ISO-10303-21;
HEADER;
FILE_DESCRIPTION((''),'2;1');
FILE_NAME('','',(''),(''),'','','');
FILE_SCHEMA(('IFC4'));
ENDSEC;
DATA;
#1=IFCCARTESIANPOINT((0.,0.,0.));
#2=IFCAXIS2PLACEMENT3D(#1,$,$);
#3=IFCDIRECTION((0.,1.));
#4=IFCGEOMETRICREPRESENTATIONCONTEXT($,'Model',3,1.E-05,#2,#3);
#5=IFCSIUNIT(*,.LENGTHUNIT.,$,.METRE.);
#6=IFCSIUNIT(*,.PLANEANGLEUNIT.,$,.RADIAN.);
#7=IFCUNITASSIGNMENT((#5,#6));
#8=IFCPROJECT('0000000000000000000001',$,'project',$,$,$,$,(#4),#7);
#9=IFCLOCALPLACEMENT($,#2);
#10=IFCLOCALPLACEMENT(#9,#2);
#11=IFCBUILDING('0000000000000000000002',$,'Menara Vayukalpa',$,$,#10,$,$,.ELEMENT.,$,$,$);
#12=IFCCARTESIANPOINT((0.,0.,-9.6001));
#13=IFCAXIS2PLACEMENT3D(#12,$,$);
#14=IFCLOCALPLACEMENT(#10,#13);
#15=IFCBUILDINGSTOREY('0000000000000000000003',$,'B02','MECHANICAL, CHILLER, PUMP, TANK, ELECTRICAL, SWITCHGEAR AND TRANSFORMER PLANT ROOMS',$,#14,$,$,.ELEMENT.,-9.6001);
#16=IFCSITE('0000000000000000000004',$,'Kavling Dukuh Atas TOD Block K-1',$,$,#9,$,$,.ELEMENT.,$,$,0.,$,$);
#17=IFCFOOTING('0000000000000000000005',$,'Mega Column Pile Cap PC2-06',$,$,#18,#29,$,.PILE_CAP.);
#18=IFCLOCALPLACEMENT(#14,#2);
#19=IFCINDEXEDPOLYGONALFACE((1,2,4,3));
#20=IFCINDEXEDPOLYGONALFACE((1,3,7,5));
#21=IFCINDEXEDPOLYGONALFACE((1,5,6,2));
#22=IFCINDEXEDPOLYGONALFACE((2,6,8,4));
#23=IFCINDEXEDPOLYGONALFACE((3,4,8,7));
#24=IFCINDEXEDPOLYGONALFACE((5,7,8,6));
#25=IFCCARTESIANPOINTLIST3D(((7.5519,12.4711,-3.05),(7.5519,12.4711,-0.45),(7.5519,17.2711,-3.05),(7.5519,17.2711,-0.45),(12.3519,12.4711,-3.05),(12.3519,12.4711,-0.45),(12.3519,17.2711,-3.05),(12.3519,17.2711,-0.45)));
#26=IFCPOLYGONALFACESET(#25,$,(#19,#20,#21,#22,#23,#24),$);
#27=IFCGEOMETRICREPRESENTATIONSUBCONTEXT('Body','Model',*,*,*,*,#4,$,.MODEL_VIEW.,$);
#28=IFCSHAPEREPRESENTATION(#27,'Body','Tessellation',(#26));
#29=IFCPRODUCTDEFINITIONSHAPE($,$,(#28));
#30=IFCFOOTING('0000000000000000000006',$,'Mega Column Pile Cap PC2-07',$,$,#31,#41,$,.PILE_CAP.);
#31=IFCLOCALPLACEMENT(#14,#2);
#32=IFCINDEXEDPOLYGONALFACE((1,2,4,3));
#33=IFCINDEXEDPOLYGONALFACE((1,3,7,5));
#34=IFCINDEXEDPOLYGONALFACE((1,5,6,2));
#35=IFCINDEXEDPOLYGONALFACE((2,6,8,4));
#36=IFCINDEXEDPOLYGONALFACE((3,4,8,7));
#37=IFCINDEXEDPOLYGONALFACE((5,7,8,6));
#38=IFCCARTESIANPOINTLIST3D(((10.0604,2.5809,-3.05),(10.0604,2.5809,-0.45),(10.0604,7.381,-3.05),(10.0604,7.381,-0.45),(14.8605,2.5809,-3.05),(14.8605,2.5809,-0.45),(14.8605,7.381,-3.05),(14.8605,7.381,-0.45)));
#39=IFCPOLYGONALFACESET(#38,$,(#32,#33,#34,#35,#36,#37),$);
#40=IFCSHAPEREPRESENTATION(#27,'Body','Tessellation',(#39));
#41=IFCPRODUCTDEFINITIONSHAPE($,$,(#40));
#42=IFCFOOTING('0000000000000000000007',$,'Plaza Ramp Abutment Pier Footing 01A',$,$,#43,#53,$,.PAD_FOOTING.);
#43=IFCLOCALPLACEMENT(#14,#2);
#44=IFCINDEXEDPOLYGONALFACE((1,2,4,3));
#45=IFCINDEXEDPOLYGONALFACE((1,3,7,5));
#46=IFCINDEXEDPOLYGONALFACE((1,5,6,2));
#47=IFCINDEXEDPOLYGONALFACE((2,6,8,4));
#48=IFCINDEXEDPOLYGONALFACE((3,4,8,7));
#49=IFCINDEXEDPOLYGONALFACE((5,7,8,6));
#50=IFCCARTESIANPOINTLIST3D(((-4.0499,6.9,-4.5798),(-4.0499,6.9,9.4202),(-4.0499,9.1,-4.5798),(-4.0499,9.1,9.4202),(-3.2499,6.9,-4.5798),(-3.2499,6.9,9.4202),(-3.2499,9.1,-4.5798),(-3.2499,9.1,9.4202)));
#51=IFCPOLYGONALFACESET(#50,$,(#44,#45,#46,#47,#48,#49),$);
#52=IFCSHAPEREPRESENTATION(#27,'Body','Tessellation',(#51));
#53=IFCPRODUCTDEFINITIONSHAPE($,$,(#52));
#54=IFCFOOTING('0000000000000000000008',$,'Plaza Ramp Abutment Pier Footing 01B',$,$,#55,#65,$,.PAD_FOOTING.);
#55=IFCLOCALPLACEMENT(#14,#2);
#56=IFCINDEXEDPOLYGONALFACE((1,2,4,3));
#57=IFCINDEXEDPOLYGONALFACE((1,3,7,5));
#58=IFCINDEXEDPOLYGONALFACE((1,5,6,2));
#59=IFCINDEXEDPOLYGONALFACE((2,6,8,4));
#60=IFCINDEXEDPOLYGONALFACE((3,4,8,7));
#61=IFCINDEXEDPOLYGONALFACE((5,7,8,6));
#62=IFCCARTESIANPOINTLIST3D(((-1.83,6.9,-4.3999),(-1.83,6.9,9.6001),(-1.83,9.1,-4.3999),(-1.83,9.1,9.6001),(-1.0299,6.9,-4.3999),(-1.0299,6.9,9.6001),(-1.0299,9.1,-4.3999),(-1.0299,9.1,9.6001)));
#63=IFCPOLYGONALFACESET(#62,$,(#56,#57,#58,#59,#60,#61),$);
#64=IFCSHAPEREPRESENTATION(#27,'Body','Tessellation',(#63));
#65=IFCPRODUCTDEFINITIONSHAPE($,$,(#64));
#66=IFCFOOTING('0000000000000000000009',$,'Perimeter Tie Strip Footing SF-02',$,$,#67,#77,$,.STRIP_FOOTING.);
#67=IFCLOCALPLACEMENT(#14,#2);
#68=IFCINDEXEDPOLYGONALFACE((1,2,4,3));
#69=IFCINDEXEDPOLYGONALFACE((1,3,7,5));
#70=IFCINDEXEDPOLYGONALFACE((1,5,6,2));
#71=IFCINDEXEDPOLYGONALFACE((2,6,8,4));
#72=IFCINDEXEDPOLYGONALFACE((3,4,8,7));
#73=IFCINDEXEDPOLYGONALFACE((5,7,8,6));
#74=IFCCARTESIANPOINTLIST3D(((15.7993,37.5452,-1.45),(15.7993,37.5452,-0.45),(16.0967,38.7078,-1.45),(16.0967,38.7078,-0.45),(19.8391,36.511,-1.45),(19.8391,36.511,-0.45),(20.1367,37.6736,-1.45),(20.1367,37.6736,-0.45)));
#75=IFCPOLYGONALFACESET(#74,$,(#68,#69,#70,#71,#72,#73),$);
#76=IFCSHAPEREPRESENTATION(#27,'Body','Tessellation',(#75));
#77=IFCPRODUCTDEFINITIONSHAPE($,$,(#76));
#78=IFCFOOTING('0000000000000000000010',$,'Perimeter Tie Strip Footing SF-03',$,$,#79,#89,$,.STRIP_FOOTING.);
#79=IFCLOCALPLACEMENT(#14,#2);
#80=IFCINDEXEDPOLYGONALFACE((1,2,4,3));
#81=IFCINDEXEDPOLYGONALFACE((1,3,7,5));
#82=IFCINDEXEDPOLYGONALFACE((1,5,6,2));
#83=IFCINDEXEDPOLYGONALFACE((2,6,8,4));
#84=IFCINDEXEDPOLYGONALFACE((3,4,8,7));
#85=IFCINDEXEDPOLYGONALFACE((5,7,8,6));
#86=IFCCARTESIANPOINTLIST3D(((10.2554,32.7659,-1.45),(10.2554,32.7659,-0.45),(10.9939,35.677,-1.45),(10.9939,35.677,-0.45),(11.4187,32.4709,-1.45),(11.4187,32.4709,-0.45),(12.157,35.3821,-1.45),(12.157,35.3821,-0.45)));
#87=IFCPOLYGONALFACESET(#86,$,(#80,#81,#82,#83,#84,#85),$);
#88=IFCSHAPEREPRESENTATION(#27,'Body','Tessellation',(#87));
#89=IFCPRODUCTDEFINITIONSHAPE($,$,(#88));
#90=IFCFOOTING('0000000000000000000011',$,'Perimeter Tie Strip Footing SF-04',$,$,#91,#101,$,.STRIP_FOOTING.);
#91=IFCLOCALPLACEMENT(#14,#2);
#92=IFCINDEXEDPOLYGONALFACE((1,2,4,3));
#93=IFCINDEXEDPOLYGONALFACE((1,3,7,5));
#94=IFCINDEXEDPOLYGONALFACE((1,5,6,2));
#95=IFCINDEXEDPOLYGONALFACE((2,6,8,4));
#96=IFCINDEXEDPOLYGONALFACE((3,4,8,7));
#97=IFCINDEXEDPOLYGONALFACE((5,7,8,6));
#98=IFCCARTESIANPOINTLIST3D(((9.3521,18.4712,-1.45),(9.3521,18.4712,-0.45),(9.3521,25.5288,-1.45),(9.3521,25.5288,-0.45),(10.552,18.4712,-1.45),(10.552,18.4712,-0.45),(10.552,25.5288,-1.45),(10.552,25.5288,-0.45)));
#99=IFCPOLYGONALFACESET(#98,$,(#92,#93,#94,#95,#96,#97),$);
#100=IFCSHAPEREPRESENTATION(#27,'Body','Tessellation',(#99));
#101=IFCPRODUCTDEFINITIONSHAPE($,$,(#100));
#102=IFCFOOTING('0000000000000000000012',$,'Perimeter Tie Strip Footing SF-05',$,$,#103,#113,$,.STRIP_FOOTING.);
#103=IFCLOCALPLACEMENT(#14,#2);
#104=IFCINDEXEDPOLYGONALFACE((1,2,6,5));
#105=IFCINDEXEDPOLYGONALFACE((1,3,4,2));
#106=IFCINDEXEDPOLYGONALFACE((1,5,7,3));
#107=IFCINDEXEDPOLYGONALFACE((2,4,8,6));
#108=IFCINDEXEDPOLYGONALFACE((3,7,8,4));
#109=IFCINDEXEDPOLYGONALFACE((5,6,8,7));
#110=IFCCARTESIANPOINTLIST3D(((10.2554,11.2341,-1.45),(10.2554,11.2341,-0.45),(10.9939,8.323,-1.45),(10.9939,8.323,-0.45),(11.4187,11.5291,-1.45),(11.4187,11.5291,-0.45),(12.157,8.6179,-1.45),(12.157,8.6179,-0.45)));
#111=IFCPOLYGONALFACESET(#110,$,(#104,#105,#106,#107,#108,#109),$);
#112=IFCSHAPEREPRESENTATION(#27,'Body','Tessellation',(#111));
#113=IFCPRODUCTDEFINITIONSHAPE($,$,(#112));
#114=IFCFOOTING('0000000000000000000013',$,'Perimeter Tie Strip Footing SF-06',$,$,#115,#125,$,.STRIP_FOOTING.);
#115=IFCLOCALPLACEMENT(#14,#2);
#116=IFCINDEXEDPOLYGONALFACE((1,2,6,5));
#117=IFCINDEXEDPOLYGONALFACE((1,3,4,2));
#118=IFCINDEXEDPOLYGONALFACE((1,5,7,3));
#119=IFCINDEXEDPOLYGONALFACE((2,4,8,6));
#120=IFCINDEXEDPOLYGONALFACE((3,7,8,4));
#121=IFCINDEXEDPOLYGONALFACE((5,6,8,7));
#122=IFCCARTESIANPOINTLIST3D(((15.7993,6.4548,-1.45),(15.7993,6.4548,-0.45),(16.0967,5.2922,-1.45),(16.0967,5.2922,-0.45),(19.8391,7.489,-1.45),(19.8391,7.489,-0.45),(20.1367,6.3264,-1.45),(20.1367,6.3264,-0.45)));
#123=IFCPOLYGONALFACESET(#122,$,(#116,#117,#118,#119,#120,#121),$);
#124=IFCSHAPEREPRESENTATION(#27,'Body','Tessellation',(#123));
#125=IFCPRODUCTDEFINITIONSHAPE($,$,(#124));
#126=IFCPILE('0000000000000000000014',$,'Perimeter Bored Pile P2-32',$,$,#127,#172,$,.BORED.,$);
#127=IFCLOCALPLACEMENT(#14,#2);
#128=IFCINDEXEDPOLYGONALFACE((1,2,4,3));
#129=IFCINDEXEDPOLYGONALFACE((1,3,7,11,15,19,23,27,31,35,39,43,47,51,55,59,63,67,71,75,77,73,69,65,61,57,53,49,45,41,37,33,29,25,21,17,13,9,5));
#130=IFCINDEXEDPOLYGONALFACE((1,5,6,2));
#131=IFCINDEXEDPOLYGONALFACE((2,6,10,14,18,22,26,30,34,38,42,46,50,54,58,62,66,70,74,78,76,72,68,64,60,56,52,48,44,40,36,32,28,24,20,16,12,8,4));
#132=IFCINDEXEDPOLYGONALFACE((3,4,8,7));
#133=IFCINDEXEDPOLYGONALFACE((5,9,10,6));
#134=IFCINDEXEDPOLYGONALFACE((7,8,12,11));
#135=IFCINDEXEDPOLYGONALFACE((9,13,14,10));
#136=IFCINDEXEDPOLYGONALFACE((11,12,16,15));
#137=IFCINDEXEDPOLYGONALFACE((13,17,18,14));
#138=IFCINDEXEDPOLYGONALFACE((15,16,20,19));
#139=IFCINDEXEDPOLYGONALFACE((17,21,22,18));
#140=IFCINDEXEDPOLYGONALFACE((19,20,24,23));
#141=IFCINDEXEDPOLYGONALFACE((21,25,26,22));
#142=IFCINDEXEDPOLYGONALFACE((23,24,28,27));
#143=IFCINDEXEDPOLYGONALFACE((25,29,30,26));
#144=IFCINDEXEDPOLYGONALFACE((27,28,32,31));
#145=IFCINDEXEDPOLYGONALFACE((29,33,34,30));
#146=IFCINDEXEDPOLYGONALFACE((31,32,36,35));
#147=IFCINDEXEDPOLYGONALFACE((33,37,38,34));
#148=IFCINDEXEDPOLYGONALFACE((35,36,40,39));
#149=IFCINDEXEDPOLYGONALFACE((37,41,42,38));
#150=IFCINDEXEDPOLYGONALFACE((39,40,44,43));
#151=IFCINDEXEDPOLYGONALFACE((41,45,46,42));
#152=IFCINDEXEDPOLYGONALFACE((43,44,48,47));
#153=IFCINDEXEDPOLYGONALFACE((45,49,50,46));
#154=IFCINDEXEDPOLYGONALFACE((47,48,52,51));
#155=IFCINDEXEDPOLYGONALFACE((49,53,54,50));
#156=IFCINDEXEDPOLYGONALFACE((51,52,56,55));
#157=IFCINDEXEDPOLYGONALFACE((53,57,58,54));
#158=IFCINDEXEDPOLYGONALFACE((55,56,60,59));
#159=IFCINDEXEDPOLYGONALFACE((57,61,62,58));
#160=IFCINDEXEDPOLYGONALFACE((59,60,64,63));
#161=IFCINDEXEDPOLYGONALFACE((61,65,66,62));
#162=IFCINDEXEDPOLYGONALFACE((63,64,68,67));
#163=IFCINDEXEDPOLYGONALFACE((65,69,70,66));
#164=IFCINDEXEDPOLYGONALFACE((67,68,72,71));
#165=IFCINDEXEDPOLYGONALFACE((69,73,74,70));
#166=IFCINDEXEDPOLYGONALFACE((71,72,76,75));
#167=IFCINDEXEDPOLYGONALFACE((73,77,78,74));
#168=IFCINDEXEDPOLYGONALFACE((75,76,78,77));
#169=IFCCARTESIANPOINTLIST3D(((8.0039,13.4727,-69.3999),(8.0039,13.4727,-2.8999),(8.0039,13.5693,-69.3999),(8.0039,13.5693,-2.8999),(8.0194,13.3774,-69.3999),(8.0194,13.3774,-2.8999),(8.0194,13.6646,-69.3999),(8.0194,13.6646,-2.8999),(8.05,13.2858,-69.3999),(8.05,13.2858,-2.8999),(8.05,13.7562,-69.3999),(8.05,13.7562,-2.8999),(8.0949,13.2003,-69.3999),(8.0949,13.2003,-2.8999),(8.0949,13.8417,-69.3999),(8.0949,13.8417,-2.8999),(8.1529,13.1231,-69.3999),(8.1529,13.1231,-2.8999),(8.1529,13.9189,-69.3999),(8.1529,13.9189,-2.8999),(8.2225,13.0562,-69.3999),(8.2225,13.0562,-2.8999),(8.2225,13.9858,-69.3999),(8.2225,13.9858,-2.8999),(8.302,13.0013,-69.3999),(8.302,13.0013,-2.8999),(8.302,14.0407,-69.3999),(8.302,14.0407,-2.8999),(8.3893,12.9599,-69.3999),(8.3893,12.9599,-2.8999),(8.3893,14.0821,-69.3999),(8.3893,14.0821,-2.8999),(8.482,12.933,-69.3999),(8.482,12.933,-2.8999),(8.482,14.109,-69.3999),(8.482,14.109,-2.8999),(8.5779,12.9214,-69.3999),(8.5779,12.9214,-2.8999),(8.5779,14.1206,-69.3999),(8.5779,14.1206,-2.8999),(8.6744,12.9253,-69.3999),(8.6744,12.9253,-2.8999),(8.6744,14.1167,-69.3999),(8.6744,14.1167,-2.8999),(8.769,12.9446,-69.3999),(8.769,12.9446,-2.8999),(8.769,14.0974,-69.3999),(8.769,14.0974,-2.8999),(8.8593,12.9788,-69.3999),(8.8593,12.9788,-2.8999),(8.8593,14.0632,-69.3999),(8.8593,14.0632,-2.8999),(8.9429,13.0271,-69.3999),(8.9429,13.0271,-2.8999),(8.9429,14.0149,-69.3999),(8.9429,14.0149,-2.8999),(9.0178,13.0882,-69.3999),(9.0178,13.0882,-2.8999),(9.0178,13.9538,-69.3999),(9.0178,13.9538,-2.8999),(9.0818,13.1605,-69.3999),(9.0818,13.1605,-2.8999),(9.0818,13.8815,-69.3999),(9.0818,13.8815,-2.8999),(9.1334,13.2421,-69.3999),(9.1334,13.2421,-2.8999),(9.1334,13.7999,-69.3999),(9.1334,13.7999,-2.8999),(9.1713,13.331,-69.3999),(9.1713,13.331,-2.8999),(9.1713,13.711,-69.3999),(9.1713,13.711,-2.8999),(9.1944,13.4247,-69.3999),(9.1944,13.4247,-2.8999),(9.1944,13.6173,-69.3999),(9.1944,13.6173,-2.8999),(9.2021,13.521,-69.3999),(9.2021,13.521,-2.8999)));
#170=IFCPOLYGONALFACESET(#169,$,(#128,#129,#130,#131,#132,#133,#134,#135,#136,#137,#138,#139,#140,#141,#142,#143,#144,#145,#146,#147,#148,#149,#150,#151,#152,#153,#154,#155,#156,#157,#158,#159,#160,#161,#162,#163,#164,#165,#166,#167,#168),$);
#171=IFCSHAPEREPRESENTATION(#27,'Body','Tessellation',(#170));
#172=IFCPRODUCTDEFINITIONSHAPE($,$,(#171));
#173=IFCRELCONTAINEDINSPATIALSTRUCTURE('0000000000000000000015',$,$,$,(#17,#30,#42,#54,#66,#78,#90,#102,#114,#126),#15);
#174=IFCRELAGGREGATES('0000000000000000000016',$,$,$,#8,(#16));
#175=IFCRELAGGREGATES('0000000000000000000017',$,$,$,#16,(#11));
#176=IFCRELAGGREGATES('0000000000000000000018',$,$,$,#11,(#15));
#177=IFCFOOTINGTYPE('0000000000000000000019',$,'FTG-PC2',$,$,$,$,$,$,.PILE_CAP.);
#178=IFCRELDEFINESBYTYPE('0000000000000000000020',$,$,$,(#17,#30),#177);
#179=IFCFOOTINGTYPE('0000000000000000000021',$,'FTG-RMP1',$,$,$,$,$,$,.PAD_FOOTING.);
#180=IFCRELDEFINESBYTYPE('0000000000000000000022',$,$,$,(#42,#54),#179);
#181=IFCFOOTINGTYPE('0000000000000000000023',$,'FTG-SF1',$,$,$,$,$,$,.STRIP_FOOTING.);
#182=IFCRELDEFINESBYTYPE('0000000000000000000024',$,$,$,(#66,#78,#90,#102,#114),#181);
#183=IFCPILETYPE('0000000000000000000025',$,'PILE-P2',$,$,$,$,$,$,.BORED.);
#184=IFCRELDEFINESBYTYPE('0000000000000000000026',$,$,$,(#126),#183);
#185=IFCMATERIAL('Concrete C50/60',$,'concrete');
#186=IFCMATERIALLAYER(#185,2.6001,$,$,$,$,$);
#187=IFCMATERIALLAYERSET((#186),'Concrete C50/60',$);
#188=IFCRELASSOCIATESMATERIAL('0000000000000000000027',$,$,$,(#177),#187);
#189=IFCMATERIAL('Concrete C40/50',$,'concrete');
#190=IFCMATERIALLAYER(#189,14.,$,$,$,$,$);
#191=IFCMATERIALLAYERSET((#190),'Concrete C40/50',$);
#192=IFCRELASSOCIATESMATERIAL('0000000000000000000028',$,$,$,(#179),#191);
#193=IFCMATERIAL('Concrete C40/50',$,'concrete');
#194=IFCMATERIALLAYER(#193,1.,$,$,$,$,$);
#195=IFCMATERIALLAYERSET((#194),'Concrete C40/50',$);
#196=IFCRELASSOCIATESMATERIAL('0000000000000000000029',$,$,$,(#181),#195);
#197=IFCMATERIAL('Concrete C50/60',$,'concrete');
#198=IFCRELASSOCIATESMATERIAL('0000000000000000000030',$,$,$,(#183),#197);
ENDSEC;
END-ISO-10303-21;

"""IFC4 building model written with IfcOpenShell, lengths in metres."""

from ifc_helpers import new_model, si_unit, direction, frame, origin, origin_2d, place, context, subcontext, project, spatial, polyline, rectangle, circle, outline, extrude, material, layer, layer_set, material_profile, profile_set, type_object, element, save


model = new_model("IFC4")

# Units and contexts
model_context = context("Model", 3, precision=1e-05, world=origin(), true_north=direction((0.0, 1.0)))
body_context = subcontext(model_context, "Body", "Model", "MODEL_VIEW")
ifc_project = project(units=[si_unit("LENGTHUNIT", "METRE"), si_unit("PLANEANGLEUNIT", "RADIAN")], contexts=[model_context])

# Site, building, storey
site_placement = place(None, origin())
site = spatial("IfcSite", under=ifc_project, at=site_placement, Name="Kavling Dukuh Atas TOD Block K-1", CompositionType="ELEMENT", RefElevation=0.0)
building_placement = place(site_placement, origin())
building = spatial("IfcBuilding", under=site, at=building_placement, Name="Menara Vayukalpa", CompositionType="ELEMENT")
storey_placement = place(building_placement, frame((0.0, 0.0, -9.6001)))
storey = spatial("IfcBuildingStorey", under=building, at=storey_placement, Name="B02", Description="MECHANICAL, CHILLER, PUMP, TANK, ELECTRICAL, SWITCHGEAR AND TRANSFORMER PLANT ROOMS", CompositionType="ELEMENT", Elevation=-9.6001)

# Footings
ifc_material_1 = material(Name="Concrete C50/60", Category="concrete")
ifc_layer_1 = layer(ifc_material_1, 2.6001)
ifc_layer_set_1 = layer_set([ifc_layer_1], Name="Concrete C50/60")
footing_type_1 = type_object("IfcFootingType", Name="FTG-PC2", PredefinedType="PILE_CAP", material=ifc_layer_set_1)
for number, where, z_axis, x_axis, name in (
    (1, (9.9519, 14.8711, -3.05), (0.0, 0.0, 1.0), (1.0, 0.0, 0.0), "Mega Column Pile Cap PC2-06"),
    (2, (12.4604, 4.981, -3.05), (0.0, 0.0, 1.0), (1.0, 0.0, 0.0), "Mega Column Pile Cap PC2-07"),
):
    element("IfcFooting", number, at=place(storey_placement, frame(where, z_axis=z_axis, x_axis=x_axis)), inside=storey, type_object=footing_type_1, Name=name, PredefinedType="PILE_CAP", context=body_context, shape_type="SweptSolid", body=[
        extrude(rectangle(XDim=4.8, YDim=4.8, at=origin_2d()), origin(), (0.0, 0.0, 1.0), 2.6001),
    ])
ifc_material_2 = material(Name="Concrete C40/50", Category="concrete")
ifc_layer_2 = layer(ifc_material_2, 14.0)
ifc_layer_set_2 = layer_set([ifc_layer_2], Name="Concrete C40/50")
footing_type_2 = type_object("IfcFootingType", Name="FTG-RMP1", PredefinedType="PAD_FOOTING", material=ifc_layer_set_2)
for number, where, z_axis, x_axis, name in (
    (3, (-3.6499, 8.0, -4.5798), (0.0, 0.0, 1.0), (1.0, 0.0, 0.0), "Plaza Ramp Abutment Pier Footing 01A"),
    (4, (-1.4299, 8.0, -4.3999), (0.0, 0.0, 1.0), (1.0, 0.0, 0.0), "Plaza Ramp Abutment Pier Footing 01B"),
):
    element("IfcFooting", number, at=place(storey_placement, frame(where, z_axis=z_axis, x_axis=x_axis)), inside=storey, type_object=footing_type_2, Name=name, PredefinedType="PAD_FOOTING", context=body_context, shape_type="SweptSolid", body=[
        extrude(rectangle(XDim=0.8, YDim=2.2, at=origin_2d()), origin(), (0.0, 0.0, 1.0), 14.0),
    ])
ifc_material_3 = material(Name="Concrete C40/50", Category="concrete")
ifc_layer_3 = layer(ifc_material_3, 1.0)
ifc_layer_set_3 = layer_set([ifc_layer_3], Name="Concrete C40/50")
footing_type_3 = type_object("IfcFootingType", Name="FTG-SF1", PredefinedType="STRIP_FOOTING", material=ifc_layer_set_3)
footing_1_placement = place(storey_placement, frame((0.0, 0.0, -1.45)))
element("IfcFooting", 5, at=footing_1_placement, inside=storey, type_object=footing_type_3, Name="Perimeter Tie Strip Footing SF-02", PredefinedType="STRIP_FOOTING", context=body_context, shape_type="SweptSolid", body=[
    extrude(outline(polyline([(19.8391, 36.511), (15.7993, 37.5452), (16.0967, 38.7078), (20.1367, 37.6736), (19.8391, 36.511)])), origin(), (0.0, 0.0, 1.0), 1.0),
])
footing_2_placement = place(storey_placement, frame((0.0, 0.0, -1.45)))
element("IfcFooting", 6, at=footing_2_placement, inside=storey, type_object=footing_type_3, Name="Perimeter Tie Strip Footing SF-03", PredefinedType="STRIP_FOOTING", context=body_context, shape_type="SweptSolid", body=[
    extrude(outline(polyline([(12.157, 35.3821), (11.4187, 32.4709), (10.2554, 32.7659), (10.9939, 35.677), (12.157, 35.3821)])), origin(), (0.0, 0.0, 1.0), 1.0),
])
footing_3_placement = place(storey_placement, frame((0.0, 0.0, -1.45)))
element("IfcFooting", 7, at=footing_3_placement, inside=storey, type_object=footing_type_3, Name="Perimeter Tie Strip Footing SF-04", PredefinedType="STRIP_FOOTING", context=body_context, shape_type="SweptSolid", body=[
    extrude(outline(polyline([(10.552, 25.5288), (10.552, 18.4712), (9.3521, 18.4712), (9.3521, 25.5288), (10.552, 25.5288)])), origin(), (0.0, 0.0, 1.0), 1.0),
])
footing_4_placement = place(storey_placement, frame((0.0, 0.0, -1.45)))
element("IfcFooting", 8, at=footing_4_placement, inside=storey, type_object=footing_type_3, Name="Perimeter Tie Strip Footing SF-05", PredefinedType="STRIP_FOOTING", context=body_context, shape_type="SweptSolid", body=[
    extrude(outline(polyline([(11.4187, 11.5291), (12.157, 8.6179), (10.9939, 8.323), (10.2554, 11.2341), (11.4187, 11.5291)])), origin(), (0.0, 0.0, 1.0), 1.0),
])
footing_5_placement = place(storey_placement, frame((0.0, 0.0, -1.45)))
element("IfcFooting", 9, at=footing_5_placement, inside=storey, type_object=footing_type_3, Name="Perimeter Tie Strip Footing SF-06", PredefinedType="STRIP_FOOTING", context=body_context, shape_type="SweptSolid", body=[
    extrude(outline(polyline([(15.7993, 6.4548), (19.8391, 7.489), (20.1367, 6.3264), (16.0967, 5.2922), (15.7993, 6.4548)])), origin(), (0.0, 0.0, 1.0), 1.0),
])

# Pile
ifc_material_4 = material(Name="Concrete C50/60", Category="concrete")
ifc_material_profile_1 = material_profile(ifc_material_4, circle(Radius=0.6001, at=origin_2d()), Name="PILE D1200")
ifc_profile_set_1 = profile_set([ifc_material_profile_1], Name="Concrete C50/60")
pile_type = type_object("IfcPileType", Name="PILE-P2", PredefinedType="BORED", material=ifc_profile_set_1)
for number, where, z_axis, x_axis, name in (
    (10, (8.6021, 13.521, -2.8999), (0.0, 0.0, -1.0), (1.0, 0.0, 0.0), "Perimeter Bored Pile P2-32"),
):
    element("IfcPile", number, at=place(storey_placement, frame(where, z_axis=z_axis, x_axis=x_axis)), inside=storey, type_object=pile_type, Name=name, PredefinedType="BORED", context=body_context, shape_type="SweptSolid", body=[
        extrude(circle(Radius=0.6001, at=origin_2d()), origin(), (0.0, 0.0, 1.0), 66.5),
    ])

save(model, "model.ifc")
